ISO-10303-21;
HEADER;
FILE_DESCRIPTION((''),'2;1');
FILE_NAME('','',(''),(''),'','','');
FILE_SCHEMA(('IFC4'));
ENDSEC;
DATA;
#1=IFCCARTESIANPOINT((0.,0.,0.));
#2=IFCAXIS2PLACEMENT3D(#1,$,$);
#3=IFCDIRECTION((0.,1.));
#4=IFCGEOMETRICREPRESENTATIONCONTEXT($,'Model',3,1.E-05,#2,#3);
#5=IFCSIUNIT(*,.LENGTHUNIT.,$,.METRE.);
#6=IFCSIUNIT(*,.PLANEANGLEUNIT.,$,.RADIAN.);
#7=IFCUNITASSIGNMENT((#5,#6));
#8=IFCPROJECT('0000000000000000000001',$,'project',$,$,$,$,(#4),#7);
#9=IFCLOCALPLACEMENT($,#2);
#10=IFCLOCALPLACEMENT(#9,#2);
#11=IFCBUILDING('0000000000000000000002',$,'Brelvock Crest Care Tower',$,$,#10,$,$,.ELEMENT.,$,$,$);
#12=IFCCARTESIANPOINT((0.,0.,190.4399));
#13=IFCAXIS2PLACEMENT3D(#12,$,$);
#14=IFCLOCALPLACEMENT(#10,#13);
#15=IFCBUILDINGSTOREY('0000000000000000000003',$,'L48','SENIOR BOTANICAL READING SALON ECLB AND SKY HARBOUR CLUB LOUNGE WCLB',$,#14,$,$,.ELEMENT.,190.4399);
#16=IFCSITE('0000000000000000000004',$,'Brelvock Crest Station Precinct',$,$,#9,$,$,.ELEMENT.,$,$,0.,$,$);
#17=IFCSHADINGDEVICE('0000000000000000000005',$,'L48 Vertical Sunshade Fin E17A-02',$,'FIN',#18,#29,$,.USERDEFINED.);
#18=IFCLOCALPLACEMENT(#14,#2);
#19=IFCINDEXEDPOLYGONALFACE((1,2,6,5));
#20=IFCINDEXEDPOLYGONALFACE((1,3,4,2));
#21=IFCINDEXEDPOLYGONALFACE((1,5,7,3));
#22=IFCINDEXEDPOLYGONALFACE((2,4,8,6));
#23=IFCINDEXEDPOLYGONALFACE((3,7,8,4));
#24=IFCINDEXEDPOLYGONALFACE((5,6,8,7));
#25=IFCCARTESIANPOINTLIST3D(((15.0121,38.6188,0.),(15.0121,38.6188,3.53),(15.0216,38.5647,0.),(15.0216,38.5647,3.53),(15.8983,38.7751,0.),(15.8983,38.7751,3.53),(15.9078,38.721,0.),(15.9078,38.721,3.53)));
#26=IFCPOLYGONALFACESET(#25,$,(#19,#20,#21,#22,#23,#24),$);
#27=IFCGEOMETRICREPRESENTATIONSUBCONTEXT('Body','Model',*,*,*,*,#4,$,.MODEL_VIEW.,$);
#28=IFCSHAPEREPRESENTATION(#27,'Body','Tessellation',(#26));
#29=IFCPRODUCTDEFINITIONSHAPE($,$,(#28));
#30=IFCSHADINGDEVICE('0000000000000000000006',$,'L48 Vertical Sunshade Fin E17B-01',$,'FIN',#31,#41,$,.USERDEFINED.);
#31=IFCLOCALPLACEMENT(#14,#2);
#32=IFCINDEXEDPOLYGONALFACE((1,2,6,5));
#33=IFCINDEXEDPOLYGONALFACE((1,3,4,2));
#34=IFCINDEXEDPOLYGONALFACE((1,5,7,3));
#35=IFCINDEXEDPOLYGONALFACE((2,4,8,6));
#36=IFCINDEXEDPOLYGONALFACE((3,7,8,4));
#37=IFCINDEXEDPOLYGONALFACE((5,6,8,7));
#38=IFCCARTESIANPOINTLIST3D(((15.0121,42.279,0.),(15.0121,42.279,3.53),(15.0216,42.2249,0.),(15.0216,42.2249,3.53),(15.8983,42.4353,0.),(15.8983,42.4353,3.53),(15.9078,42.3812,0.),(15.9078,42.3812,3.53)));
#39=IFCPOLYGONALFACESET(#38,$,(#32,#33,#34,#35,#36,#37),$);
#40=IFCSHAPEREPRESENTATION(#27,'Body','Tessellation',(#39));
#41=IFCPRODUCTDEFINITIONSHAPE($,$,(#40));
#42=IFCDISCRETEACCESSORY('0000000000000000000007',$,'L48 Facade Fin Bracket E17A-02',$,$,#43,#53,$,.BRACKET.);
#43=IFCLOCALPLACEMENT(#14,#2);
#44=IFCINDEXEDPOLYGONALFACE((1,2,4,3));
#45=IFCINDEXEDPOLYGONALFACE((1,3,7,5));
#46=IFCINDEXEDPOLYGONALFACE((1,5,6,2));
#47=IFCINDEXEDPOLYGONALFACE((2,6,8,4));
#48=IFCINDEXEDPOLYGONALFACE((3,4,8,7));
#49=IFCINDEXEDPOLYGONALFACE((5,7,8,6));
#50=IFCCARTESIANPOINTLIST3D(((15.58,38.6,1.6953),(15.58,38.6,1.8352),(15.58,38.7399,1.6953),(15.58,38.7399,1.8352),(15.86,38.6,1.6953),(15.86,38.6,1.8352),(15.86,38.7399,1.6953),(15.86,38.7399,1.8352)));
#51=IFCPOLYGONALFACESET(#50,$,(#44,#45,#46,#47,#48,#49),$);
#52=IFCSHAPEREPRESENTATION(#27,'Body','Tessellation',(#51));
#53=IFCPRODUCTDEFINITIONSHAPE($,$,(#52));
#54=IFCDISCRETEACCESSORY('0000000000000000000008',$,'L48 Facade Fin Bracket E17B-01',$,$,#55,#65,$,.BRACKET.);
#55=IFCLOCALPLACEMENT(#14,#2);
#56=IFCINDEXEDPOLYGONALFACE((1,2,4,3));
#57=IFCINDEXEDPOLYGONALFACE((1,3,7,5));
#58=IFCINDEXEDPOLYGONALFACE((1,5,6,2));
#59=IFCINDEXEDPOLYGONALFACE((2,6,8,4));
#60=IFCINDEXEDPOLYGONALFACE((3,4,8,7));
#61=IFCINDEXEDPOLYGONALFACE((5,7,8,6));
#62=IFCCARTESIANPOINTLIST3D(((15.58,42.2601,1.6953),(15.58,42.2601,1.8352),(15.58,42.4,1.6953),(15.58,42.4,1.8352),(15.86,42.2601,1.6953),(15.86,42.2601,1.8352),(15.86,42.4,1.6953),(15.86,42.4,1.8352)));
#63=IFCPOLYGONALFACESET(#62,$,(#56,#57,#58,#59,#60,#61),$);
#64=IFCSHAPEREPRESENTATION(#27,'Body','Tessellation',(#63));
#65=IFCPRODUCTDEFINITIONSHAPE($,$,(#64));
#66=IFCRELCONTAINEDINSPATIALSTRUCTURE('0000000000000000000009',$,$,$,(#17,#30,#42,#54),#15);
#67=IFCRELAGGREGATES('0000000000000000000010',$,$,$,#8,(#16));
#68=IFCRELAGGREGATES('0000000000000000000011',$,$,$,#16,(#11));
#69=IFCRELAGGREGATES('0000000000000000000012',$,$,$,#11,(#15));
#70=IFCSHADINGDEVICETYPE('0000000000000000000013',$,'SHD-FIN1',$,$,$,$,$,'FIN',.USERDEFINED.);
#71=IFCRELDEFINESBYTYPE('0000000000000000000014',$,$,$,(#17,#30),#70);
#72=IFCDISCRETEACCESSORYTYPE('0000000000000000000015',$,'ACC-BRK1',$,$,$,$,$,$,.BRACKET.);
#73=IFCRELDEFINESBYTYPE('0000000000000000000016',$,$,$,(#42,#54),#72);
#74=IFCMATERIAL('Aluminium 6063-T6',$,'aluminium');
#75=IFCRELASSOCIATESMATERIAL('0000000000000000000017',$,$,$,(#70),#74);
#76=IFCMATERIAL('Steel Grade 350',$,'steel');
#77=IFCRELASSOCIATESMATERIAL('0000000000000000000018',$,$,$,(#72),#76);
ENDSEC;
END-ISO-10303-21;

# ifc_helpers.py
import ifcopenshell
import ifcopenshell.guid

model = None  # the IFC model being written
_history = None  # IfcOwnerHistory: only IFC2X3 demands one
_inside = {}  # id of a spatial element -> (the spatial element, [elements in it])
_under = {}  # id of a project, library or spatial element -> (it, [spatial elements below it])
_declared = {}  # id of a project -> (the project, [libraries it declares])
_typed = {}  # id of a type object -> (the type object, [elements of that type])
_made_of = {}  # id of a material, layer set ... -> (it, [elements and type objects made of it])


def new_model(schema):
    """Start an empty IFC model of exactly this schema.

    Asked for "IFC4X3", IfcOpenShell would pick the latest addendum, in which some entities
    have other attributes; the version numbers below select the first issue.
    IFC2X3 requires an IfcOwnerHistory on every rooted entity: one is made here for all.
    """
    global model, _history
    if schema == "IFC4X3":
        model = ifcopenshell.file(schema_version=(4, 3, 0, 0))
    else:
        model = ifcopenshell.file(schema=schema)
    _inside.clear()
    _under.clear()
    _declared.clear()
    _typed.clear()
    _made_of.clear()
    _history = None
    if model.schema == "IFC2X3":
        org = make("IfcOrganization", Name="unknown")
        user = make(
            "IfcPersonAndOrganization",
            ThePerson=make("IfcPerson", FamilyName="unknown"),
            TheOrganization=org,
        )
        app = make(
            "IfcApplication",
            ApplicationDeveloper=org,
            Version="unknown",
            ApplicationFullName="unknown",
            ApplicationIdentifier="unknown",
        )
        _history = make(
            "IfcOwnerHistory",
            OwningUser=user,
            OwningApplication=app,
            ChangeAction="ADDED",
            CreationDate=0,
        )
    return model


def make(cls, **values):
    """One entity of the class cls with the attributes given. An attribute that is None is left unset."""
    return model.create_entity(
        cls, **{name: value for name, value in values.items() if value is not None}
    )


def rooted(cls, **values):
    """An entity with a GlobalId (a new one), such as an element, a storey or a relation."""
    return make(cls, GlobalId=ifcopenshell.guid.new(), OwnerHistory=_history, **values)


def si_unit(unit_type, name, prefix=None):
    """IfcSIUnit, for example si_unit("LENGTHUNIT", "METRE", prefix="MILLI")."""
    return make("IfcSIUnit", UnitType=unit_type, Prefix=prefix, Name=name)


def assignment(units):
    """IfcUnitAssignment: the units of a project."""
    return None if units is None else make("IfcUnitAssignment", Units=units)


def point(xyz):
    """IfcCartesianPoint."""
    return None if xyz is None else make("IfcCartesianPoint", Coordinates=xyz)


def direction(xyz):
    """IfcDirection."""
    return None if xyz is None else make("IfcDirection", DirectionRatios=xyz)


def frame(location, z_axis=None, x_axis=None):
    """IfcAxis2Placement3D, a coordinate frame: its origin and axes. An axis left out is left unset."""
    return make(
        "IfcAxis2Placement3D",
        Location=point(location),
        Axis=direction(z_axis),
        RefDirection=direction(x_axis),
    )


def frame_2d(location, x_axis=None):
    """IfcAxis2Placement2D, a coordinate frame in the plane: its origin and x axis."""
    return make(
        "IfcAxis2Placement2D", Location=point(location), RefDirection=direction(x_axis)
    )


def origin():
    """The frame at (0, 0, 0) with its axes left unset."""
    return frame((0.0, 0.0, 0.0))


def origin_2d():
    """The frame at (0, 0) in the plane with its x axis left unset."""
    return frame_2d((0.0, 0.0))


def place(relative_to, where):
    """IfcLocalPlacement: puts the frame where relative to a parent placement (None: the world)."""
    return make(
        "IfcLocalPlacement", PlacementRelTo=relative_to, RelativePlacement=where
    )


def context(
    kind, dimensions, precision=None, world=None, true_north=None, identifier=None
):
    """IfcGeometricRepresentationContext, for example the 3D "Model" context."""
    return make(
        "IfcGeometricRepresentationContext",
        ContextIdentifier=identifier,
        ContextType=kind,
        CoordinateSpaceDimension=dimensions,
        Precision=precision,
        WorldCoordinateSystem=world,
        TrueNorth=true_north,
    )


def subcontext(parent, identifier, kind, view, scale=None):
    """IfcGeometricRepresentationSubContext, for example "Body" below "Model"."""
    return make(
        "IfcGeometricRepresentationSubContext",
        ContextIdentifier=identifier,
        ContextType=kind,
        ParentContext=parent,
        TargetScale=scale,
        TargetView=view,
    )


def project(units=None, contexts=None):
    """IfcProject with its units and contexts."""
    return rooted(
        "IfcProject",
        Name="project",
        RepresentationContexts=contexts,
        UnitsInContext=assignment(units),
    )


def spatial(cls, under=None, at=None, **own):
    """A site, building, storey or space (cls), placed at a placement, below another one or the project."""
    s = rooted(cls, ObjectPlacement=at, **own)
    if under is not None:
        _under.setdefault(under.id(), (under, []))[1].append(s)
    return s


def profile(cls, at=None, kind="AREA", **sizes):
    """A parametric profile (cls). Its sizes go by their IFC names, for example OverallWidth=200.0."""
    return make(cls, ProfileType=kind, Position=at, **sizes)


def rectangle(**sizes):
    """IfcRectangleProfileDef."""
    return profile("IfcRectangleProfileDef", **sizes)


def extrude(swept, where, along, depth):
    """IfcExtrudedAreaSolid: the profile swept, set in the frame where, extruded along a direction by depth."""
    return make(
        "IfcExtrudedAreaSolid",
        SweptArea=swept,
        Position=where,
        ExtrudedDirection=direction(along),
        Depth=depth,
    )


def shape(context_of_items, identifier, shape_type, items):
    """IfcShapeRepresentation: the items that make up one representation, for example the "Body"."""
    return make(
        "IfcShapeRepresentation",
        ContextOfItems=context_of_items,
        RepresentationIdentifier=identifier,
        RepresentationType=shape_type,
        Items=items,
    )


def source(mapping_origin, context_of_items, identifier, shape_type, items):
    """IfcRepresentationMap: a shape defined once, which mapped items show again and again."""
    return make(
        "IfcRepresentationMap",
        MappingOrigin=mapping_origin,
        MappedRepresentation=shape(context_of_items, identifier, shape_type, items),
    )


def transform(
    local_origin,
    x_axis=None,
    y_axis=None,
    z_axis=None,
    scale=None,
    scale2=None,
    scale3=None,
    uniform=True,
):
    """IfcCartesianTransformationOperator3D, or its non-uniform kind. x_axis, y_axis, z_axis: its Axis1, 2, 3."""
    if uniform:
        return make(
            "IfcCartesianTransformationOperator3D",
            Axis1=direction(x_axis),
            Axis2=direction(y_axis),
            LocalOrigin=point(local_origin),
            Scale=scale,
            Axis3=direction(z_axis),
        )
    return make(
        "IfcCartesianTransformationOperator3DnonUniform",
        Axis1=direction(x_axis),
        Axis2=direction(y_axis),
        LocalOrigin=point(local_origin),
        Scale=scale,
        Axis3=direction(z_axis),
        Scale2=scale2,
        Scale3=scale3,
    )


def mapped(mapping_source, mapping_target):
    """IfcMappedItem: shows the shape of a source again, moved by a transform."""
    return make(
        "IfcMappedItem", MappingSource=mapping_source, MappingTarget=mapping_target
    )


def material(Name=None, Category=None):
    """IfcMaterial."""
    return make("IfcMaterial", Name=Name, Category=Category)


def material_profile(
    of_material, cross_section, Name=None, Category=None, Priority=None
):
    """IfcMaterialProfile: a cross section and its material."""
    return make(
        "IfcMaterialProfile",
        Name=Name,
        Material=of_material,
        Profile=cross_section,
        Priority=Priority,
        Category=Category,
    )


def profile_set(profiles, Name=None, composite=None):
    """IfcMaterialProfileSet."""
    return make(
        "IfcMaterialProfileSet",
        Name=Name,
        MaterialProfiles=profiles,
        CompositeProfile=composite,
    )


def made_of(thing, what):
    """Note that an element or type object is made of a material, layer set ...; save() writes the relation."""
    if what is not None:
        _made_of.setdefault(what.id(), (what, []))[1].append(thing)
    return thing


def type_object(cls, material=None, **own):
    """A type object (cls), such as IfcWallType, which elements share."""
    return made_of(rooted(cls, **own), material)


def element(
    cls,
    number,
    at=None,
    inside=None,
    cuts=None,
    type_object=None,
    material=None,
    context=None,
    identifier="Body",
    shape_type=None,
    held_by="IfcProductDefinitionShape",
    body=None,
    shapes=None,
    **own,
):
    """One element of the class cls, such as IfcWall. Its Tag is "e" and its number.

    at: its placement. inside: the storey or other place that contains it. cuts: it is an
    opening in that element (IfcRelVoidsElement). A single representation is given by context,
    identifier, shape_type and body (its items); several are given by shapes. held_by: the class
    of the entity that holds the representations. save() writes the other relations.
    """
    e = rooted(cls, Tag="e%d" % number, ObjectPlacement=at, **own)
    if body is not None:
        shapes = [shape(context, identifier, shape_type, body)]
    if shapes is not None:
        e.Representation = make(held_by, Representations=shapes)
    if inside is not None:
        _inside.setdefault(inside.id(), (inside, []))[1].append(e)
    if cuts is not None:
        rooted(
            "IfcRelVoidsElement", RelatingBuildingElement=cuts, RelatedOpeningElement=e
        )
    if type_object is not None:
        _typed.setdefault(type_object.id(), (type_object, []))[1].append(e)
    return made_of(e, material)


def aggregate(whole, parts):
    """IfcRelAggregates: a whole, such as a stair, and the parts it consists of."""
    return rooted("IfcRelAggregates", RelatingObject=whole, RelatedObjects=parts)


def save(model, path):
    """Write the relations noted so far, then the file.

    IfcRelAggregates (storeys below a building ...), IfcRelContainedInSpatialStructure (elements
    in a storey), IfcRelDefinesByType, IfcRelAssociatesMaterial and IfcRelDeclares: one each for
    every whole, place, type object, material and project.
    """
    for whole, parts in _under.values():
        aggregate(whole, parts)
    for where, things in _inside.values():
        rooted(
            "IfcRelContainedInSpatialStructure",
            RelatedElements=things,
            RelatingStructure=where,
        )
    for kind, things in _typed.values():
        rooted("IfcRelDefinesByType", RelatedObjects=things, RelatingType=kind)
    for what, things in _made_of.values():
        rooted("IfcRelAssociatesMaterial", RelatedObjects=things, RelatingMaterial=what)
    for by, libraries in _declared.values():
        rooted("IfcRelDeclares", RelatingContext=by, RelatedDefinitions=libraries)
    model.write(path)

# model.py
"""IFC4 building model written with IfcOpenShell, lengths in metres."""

from ifc_helpers import new_model, si_unit, direction, frame, origin, origin_2d, place, context, subcontext, project, spatial, rectangle, extrude, source, transform, mapped, material, material_profile, profile_set, type_object, element, save


model = new_model("IFC4")

# Units and contexts
model_context = context("Model", 3, precision=1e-05, world=origin(), true_north=direction((0.0, 1.0)))
body_context = subcontext(model_context, "Body", "Model", "MODEL_VIEW")
ifc_project = project(units=[si_unit("LENGTHUNIT", "METRE"), si_unit("PLANEANGLEUNIT", "RADIAN")], contexts=[model_context])

# Site, building, storey
site_placement = place(None, origin())
site = spatial("IfcSite", under=ifc_project, at=site_placement, Name="Brelvock Crest Station Precinct", CompositionType="ELEMENT", RefElevation=0.0)
building_placement = place(site_placement, origin())
building = spatial("IfcBuilding", under=site, at=building_placement, Name="Brelvock Crest Care Tower", CompositionType="ELEMENT")
storey_placement = place(building_placement, frame((0.0, 0.0, 190.4399)))
storey = spatial("IfcBuildingStorey", under=building, at=storey_placement, Name="L48", Description="SENIOR BOTANICAL READING SALON ECLB AND SKY HARBOUR CLUB LOUNGE WCLB", CompositionType="ELEMENT", Elevation=190.4399)

# Shared definitions
ifc_material_1 = material(Name="Steel Grade 350", Category="steel")

# Shared definitions
ifc_material_2 = material(Name="Aluminium 6063-T6", Category="aluminium")

# Shading devices
ifc_material_profile_1 = material_profile(ifc_material_2, rectangle(XDim=0.0549, YDim=0.8999, at=origin_2d()), Name="FIN55x900")
ifc_profile_set_1 = profile_set([ifc_material_profile_1], Name="Aluminium 6063-T6")
shading_device_type = type_object("IfcShadingDeviceType", Name="SHD-FIN1", ElementType="FIN", PredefinedType="USERDEFINED", material=ifc_profile_set_1)
shared_shape_1 = source(origin(), body_context, "Body", "SweptSolid", [
    extrude(rectangle(XDim=0.0549, YDim=0.8999, at=origin_2d()), origin(), (0.0, 0.0, 1.0), 3.53),
])
for number, where, z_axis, x_axis, name in (
    (1, (15.46, 38.6699, 0.0), (0.0, 0.0, 1.0), (-0.173648, 0.984808, 0.0), "L48 Vertical Sunshade Fin E17A-02"),
    (2, (15.46, 42.3301, 0.0), (0.0, 0.0, 1.0), (-0.173648, 0.984808, 0.0), "L48 Vertical Sunshade Fin E17B-01"),
):
    element("IfcShadingDevice", number, at=place(storey_placement, frame(where, z_axis=z_axis, x_axis=x_axis)), inside=storey, type_object=shading_device_type, Name=name, ObjectType="FIN", PredefinedType="USERDEFINED", context=body_context, shape_type="MappedRepresentation", body=[
        mapped(shared_shape_1, transform((0.0, 0.0, 0.0), x_axis=(1.0, 0.0, 0.0), y_axis=(0.0, 1.0, 0.0), z_axis=(0.0, 0.0, 1.0), scale=1.0)),
    ])

# Discrete accessories
discrete_accessory_type = type_object("IfcDiscreteAccessoryType", Name="ACC-BRK1", PredefinedType="BRACKET", material=ifc_material_1)
shared_shape_2 = source(origin(), body_context, "Body", "SweptSolid", [
    extrude(rectangle(XDim=0.28, YDim=0.1399, at=origin_2d()), origin(), (0.0, 0.0, 1.0), 0.1399),
])
for number, where, z_axis, x_axis, name in (
    (3, (15.72, 38.6699, 1.6953), (0.0, 0.0, 1.0), (-1.0, 0.0, 0.0), "L48 Facade Fin Bracket E17A-02"),
    (4, (15.72, 42.3301, 1.6953), (0.0, 0.0, 1.0), (-1.0, 0.0, 0.0), "L48 Facade Fin Bracket E17B-01"),
):
    element("IfcDiscreteAccessory", number, at=place(storey_placement, frame(where, z_axis=z_axis, x_axis=x_axis)), inside=storey, type_object=discrete_accessory_type, Name=name, PredefinedType="BRACKET", context=body_context, shape_type="MappedRepresentation", body=[
        mapped(shared_shape_2, transform((0.0, 0.0, 0.0), x_axis=(1.0, 0.0, 0.0), y_axis=(0.0, 1.0, 0.0), z_axis=(0.0, 0.0, 1.0), scale=1.0)),
    ])

save(model, "model.ifc")
